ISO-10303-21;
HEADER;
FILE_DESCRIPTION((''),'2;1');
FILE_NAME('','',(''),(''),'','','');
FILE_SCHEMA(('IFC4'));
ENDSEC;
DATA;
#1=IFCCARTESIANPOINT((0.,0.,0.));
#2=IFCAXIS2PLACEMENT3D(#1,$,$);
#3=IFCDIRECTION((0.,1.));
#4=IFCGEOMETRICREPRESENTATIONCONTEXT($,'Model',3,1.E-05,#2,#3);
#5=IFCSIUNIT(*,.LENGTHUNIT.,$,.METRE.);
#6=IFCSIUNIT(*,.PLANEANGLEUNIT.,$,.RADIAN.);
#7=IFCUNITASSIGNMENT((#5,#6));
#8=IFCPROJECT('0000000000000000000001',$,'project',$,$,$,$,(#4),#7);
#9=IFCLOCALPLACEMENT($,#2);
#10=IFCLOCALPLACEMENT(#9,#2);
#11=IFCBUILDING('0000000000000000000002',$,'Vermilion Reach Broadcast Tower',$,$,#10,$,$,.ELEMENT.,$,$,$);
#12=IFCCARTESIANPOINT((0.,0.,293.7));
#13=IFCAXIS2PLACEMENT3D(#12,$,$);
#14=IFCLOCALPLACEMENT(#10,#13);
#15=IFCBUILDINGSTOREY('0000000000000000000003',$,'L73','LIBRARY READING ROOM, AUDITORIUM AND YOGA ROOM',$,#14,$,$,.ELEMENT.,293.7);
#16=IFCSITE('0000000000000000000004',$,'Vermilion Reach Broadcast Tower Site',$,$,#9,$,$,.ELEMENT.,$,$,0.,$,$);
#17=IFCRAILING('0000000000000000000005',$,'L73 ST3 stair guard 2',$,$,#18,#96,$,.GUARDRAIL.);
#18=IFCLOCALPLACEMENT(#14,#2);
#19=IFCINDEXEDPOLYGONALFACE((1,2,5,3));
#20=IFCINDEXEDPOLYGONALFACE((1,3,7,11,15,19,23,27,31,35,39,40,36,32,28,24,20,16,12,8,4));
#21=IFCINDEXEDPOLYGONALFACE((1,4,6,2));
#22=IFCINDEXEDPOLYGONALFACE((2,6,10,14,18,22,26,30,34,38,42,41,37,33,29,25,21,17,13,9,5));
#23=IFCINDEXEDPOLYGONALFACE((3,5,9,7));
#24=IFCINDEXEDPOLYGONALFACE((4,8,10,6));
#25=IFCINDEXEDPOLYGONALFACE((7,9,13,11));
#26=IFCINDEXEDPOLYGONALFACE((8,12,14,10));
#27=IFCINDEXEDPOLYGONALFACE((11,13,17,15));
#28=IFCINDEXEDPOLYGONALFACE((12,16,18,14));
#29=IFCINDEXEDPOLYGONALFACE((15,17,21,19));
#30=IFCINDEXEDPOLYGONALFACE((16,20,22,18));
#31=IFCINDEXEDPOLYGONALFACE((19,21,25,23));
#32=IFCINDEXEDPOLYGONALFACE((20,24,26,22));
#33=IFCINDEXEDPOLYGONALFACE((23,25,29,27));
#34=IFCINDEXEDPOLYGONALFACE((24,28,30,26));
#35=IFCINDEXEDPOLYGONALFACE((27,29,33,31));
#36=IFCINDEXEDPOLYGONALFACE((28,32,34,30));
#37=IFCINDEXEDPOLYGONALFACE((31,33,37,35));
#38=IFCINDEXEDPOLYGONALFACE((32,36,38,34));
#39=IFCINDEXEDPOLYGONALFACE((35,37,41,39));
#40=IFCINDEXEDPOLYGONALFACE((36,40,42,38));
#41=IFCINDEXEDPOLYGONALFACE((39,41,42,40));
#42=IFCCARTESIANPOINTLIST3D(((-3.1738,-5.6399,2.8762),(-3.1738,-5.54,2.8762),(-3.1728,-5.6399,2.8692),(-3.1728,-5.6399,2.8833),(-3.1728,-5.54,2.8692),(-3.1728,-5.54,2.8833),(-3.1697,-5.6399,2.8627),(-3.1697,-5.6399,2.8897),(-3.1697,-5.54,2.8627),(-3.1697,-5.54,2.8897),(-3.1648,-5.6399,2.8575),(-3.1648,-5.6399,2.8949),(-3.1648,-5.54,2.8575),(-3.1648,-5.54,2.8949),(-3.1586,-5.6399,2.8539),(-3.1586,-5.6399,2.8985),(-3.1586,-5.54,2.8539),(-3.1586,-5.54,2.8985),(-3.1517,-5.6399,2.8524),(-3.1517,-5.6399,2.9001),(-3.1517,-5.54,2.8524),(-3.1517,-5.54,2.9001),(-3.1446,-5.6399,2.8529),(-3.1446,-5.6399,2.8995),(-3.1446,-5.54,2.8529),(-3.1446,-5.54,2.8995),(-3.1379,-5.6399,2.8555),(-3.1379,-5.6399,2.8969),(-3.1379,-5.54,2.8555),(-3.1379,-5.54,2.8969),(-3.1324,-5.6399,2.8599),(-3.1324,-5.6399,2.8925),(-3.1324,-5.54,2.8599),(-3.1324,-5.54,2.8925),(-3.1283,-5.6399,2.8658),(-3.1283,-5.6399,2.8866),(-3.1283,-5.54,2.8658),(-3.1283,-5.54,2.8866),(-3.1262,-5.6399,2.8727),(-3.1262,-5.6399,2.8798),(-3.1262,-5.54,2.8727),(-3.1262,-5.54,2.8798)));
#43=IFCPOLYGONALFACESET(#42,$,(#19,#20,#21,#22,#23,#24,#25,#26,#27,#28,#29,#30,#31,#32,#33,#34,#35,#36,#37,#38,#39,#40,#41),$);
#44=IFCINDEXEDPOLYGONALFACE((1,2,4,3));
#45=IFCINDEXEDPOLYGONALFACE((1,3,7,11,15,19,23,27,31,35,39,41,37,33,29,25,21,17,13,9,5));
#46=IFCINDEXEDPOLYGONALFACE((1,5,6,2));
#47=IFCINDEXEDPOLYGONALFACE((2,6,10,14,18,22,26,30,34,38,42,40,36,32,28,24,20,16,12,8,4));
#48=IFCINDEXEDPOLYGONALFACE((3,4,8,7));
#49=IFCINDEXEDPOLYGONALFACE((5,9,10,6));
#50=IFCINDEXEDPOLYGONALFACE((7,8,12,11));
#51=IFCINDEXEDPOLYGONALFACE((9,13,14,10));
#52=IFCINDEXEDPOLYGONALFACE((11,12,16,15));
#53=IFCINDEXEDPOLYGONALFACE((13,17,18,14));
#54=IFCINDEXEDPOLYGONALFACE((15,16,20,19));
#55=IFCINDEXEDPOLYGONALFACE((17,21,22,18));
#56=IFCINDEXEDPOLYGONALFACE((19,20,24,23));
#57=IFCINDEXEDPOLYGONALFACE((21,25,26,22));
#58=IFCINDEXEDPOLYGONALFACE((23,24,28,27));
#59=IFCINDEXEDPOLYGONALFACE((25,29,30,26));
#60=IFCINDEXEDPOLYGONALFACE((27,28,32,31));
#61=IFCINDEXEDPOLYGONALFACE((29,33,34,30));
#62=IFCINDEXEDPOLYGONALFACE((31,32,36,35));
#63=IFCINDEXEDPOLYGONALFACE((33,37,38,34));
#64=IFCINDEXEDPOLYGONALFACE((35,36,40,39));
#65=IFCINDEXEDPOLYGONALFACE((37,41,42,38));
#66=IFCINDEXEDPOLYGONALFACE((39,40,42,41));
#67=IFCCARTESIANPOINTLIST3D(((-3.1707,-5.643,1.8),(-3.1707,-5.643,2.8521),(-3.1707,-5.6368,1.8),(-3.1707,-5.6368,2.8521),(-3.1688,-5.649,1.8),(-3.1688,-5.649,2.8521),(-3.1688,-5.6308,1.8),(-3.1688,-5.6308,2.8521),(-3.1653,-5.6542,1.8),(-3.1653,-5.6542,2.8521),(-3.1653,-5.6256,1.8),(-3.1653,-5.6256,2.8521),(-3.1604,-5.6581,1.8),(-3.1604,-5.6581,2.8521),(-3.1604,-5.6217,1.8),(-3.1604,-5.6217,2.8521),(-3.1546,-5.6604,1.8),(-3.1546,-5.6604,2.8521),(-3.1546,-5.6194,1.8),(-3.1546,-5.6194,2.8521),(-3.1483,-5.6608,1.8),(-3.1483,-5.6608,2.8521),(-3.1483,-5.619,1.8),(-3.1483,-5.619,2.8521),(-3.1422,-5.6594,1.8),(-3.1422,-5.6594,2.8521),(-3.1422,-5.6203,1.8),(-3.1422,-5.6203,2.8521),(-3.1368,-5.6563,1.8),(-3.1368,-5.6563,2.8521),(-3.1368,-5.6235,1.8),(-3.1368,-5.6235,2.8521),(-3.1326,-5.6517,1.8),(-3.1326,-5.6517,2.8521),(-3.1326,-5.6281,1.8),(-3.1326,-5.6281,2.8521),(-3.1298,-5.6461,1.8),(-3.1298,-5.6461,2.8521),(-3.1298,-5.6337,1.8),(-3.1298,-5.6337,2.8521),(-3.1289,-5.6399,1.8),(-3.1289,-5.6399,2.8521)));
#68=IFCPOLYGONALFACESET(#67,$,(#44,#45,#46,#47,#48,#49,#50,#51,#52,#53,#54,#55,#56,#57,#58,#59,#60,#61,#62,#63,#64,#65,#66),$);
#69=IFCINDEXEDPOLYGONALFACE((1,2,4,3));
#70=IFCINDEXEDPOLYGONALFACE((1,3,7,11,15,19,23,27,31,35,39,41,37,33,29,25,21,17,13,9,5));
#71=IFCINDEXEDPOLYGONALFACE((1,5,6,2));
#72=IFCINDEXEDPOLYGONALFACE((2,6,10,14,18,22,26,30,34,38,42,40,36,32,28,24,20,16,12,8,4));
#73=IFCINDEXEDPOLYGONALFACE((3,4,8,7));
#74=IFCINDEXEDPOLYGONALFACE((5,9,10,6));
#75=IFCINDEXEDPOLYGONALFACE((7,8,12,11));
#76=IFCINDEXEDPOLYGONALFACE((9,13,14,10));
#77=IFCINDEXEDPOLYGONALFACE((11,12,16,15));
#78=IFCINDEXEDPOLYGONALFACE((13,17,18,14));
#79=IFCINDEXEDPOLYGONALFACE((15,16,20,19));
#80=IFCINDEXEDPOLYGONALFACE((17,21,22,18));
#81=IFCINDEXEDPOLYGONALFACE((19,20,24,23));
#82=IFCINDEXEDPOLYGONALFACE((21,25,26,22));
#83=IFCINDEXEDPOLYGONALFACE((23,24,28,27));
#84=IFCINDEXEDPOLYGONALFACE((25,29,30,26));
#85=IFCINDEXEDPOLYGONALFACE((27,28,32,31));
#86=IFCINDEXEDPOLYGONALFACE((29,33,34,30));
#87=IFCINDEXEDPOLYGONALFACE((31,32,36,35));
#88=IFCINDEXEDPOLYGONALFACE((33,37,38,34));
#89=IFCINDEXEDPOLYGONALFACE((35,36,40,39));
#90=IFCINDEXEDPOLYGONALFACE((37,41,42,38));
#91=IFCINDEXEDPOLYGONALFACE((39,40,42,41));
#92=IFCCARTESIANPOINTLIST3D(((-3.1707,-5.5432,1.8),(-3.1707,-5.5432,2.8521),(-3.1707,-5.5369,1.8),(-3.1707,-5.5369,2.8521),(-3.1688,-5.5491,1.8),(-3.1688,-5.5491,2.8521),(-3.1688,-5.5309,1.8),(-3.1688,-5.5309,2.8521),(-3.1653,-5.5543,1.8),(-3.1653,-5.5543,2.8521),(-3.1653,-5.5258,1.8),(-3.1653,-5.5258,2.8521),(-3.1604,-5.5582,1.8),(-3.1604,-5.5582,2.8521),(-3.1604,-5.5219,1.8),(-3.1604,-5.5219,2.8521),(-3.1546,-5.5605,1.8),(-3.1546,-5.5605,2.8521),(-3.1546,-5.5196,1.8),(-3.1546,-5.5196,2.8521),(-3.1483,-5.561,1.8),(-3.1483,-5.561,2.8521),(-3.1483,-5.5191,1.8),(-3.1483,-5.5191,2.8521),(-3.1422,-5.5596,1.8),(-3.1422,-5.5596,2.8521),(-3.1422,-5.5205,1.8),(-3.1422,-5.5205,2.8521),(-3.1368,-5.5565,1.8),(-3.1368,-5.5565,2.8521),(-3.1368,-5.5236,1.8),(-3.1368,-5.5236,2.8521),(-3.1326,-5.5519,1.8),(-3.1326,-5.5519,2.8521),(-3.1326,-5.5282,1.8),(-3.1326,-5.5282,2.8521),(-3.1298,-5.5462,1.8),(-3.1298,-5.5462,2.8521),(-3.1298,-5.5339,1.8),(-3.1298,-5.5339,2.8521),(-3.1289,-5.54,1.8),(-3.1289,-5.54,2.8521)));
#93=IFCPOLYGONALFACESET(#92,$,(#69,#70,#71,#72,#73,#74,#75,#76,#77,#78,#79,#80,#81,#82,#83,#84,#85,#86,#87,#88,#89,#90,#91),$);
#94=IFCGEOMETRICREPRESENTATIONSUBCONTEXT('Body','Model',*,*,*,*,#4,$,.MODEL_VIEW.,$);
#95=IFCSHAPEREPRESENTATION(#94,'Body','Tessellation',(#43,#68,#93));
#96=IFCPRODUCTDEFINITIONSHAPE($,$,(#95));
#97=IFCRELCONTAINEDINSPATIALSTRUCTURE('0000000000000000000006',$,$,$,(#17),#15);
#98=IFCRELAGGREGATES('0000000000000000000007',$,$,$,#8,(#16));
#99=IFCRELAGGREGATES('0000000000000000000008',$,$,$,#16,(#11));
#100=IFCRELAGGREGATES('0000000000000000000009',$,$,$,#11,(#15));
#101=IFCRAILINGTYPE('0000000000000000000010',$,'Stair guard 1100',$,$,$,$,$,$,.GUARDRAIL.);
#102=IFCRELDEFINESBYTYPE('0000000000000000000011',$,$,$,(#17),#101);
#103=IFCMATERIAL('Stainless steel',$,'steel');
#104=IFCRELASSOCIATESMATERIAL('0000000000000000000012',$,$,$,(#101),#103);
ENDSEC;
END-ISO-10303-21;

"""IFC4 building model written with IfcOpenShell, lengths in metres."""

from ifc_helpers import new_model, si_unit, direction, frame, origin, origin_2d, place, context, subcontext, project, spatial, circle, extrude, material, type_object, element, save


model = new_model("IFC4")

# Units and contexts
model_context = context("Model", 3, precision=1e-05, world=origin(), true_north=direction((0.0, 1.0)))
body_context = subcontext(model_context, "Body", "Model", "MODEL_VIEW")
ifc_project = project(units=[si_unit("LENGTHUNIT", "METRE"), si_unit("PLANEANGLEUNIT", "RADIAN")], contexts=[model_context])

# Site, building, storey
site_placement = place(None, origin())
site = spatial("IfcSite", under=ifc_project, at=site_placement, Name="Vermilion Reach Broadcast Tower Site", CompositionType="ELEMENT", RefElevation=0.0)
building_placement = place(site_placement, origin())
building = spatial("IfcBuilding", under=site, at=building_placement, Name="Vermilion Reach Broadcast Tower", CompositionType="ELEMENT")
storey_placement = place(building_placement, frame((0.0, 0.0, 293.7)))
storey = spatial("IfcBuildingStorey", under=building, at=storey_placement, Name="L73", Description="LIBRARY READING ROOM, AUDITORIUM AND YOGA ROOM", CompositionType="ELEMENT", Elevation=293.7)

# Railing
ifc_material_1 = material(Name="Stainless steel", Category="steel")
railing_type_1 = type_object("IfcRailingType", Name="Stair guard 1100", PredefinedType="GUARDRAIL", material=ifc_material_1)
railing_1_placement = place(storey_placement, frame((-3.1499, -5.6399, 1.8)))
element("IfcRailing", 1, at=railing_1_placement, inside=storey, type_object=railing_type_1, Name="L73 ST3 stair guard 2", PredefinedType="GUARDRAIL", context=body_context, shape_type="SweptSolid", body=[
    extrude(circle(Radius=0.0239, at=origin_2d()), frame((0.0, 0.0, 1.0762), z_axis=(0.0, 1.0, 0.0), x_axis=(-1.0, 0.0, 0.0)), (0.0, 0.0, 1.0), 0.0999),
    extrude(circle(Radius=0.021, at=origin_2d()), origin(), (0.0, 0.0, 1.0), 1.052),
    extrude(circle(Radius=0.021, at=origin_2d()), frame((0.0, 0.0999, 0.0)), (0.0, 0.0, 1.0), 1.052),
])

save(model, "model.ifc")
